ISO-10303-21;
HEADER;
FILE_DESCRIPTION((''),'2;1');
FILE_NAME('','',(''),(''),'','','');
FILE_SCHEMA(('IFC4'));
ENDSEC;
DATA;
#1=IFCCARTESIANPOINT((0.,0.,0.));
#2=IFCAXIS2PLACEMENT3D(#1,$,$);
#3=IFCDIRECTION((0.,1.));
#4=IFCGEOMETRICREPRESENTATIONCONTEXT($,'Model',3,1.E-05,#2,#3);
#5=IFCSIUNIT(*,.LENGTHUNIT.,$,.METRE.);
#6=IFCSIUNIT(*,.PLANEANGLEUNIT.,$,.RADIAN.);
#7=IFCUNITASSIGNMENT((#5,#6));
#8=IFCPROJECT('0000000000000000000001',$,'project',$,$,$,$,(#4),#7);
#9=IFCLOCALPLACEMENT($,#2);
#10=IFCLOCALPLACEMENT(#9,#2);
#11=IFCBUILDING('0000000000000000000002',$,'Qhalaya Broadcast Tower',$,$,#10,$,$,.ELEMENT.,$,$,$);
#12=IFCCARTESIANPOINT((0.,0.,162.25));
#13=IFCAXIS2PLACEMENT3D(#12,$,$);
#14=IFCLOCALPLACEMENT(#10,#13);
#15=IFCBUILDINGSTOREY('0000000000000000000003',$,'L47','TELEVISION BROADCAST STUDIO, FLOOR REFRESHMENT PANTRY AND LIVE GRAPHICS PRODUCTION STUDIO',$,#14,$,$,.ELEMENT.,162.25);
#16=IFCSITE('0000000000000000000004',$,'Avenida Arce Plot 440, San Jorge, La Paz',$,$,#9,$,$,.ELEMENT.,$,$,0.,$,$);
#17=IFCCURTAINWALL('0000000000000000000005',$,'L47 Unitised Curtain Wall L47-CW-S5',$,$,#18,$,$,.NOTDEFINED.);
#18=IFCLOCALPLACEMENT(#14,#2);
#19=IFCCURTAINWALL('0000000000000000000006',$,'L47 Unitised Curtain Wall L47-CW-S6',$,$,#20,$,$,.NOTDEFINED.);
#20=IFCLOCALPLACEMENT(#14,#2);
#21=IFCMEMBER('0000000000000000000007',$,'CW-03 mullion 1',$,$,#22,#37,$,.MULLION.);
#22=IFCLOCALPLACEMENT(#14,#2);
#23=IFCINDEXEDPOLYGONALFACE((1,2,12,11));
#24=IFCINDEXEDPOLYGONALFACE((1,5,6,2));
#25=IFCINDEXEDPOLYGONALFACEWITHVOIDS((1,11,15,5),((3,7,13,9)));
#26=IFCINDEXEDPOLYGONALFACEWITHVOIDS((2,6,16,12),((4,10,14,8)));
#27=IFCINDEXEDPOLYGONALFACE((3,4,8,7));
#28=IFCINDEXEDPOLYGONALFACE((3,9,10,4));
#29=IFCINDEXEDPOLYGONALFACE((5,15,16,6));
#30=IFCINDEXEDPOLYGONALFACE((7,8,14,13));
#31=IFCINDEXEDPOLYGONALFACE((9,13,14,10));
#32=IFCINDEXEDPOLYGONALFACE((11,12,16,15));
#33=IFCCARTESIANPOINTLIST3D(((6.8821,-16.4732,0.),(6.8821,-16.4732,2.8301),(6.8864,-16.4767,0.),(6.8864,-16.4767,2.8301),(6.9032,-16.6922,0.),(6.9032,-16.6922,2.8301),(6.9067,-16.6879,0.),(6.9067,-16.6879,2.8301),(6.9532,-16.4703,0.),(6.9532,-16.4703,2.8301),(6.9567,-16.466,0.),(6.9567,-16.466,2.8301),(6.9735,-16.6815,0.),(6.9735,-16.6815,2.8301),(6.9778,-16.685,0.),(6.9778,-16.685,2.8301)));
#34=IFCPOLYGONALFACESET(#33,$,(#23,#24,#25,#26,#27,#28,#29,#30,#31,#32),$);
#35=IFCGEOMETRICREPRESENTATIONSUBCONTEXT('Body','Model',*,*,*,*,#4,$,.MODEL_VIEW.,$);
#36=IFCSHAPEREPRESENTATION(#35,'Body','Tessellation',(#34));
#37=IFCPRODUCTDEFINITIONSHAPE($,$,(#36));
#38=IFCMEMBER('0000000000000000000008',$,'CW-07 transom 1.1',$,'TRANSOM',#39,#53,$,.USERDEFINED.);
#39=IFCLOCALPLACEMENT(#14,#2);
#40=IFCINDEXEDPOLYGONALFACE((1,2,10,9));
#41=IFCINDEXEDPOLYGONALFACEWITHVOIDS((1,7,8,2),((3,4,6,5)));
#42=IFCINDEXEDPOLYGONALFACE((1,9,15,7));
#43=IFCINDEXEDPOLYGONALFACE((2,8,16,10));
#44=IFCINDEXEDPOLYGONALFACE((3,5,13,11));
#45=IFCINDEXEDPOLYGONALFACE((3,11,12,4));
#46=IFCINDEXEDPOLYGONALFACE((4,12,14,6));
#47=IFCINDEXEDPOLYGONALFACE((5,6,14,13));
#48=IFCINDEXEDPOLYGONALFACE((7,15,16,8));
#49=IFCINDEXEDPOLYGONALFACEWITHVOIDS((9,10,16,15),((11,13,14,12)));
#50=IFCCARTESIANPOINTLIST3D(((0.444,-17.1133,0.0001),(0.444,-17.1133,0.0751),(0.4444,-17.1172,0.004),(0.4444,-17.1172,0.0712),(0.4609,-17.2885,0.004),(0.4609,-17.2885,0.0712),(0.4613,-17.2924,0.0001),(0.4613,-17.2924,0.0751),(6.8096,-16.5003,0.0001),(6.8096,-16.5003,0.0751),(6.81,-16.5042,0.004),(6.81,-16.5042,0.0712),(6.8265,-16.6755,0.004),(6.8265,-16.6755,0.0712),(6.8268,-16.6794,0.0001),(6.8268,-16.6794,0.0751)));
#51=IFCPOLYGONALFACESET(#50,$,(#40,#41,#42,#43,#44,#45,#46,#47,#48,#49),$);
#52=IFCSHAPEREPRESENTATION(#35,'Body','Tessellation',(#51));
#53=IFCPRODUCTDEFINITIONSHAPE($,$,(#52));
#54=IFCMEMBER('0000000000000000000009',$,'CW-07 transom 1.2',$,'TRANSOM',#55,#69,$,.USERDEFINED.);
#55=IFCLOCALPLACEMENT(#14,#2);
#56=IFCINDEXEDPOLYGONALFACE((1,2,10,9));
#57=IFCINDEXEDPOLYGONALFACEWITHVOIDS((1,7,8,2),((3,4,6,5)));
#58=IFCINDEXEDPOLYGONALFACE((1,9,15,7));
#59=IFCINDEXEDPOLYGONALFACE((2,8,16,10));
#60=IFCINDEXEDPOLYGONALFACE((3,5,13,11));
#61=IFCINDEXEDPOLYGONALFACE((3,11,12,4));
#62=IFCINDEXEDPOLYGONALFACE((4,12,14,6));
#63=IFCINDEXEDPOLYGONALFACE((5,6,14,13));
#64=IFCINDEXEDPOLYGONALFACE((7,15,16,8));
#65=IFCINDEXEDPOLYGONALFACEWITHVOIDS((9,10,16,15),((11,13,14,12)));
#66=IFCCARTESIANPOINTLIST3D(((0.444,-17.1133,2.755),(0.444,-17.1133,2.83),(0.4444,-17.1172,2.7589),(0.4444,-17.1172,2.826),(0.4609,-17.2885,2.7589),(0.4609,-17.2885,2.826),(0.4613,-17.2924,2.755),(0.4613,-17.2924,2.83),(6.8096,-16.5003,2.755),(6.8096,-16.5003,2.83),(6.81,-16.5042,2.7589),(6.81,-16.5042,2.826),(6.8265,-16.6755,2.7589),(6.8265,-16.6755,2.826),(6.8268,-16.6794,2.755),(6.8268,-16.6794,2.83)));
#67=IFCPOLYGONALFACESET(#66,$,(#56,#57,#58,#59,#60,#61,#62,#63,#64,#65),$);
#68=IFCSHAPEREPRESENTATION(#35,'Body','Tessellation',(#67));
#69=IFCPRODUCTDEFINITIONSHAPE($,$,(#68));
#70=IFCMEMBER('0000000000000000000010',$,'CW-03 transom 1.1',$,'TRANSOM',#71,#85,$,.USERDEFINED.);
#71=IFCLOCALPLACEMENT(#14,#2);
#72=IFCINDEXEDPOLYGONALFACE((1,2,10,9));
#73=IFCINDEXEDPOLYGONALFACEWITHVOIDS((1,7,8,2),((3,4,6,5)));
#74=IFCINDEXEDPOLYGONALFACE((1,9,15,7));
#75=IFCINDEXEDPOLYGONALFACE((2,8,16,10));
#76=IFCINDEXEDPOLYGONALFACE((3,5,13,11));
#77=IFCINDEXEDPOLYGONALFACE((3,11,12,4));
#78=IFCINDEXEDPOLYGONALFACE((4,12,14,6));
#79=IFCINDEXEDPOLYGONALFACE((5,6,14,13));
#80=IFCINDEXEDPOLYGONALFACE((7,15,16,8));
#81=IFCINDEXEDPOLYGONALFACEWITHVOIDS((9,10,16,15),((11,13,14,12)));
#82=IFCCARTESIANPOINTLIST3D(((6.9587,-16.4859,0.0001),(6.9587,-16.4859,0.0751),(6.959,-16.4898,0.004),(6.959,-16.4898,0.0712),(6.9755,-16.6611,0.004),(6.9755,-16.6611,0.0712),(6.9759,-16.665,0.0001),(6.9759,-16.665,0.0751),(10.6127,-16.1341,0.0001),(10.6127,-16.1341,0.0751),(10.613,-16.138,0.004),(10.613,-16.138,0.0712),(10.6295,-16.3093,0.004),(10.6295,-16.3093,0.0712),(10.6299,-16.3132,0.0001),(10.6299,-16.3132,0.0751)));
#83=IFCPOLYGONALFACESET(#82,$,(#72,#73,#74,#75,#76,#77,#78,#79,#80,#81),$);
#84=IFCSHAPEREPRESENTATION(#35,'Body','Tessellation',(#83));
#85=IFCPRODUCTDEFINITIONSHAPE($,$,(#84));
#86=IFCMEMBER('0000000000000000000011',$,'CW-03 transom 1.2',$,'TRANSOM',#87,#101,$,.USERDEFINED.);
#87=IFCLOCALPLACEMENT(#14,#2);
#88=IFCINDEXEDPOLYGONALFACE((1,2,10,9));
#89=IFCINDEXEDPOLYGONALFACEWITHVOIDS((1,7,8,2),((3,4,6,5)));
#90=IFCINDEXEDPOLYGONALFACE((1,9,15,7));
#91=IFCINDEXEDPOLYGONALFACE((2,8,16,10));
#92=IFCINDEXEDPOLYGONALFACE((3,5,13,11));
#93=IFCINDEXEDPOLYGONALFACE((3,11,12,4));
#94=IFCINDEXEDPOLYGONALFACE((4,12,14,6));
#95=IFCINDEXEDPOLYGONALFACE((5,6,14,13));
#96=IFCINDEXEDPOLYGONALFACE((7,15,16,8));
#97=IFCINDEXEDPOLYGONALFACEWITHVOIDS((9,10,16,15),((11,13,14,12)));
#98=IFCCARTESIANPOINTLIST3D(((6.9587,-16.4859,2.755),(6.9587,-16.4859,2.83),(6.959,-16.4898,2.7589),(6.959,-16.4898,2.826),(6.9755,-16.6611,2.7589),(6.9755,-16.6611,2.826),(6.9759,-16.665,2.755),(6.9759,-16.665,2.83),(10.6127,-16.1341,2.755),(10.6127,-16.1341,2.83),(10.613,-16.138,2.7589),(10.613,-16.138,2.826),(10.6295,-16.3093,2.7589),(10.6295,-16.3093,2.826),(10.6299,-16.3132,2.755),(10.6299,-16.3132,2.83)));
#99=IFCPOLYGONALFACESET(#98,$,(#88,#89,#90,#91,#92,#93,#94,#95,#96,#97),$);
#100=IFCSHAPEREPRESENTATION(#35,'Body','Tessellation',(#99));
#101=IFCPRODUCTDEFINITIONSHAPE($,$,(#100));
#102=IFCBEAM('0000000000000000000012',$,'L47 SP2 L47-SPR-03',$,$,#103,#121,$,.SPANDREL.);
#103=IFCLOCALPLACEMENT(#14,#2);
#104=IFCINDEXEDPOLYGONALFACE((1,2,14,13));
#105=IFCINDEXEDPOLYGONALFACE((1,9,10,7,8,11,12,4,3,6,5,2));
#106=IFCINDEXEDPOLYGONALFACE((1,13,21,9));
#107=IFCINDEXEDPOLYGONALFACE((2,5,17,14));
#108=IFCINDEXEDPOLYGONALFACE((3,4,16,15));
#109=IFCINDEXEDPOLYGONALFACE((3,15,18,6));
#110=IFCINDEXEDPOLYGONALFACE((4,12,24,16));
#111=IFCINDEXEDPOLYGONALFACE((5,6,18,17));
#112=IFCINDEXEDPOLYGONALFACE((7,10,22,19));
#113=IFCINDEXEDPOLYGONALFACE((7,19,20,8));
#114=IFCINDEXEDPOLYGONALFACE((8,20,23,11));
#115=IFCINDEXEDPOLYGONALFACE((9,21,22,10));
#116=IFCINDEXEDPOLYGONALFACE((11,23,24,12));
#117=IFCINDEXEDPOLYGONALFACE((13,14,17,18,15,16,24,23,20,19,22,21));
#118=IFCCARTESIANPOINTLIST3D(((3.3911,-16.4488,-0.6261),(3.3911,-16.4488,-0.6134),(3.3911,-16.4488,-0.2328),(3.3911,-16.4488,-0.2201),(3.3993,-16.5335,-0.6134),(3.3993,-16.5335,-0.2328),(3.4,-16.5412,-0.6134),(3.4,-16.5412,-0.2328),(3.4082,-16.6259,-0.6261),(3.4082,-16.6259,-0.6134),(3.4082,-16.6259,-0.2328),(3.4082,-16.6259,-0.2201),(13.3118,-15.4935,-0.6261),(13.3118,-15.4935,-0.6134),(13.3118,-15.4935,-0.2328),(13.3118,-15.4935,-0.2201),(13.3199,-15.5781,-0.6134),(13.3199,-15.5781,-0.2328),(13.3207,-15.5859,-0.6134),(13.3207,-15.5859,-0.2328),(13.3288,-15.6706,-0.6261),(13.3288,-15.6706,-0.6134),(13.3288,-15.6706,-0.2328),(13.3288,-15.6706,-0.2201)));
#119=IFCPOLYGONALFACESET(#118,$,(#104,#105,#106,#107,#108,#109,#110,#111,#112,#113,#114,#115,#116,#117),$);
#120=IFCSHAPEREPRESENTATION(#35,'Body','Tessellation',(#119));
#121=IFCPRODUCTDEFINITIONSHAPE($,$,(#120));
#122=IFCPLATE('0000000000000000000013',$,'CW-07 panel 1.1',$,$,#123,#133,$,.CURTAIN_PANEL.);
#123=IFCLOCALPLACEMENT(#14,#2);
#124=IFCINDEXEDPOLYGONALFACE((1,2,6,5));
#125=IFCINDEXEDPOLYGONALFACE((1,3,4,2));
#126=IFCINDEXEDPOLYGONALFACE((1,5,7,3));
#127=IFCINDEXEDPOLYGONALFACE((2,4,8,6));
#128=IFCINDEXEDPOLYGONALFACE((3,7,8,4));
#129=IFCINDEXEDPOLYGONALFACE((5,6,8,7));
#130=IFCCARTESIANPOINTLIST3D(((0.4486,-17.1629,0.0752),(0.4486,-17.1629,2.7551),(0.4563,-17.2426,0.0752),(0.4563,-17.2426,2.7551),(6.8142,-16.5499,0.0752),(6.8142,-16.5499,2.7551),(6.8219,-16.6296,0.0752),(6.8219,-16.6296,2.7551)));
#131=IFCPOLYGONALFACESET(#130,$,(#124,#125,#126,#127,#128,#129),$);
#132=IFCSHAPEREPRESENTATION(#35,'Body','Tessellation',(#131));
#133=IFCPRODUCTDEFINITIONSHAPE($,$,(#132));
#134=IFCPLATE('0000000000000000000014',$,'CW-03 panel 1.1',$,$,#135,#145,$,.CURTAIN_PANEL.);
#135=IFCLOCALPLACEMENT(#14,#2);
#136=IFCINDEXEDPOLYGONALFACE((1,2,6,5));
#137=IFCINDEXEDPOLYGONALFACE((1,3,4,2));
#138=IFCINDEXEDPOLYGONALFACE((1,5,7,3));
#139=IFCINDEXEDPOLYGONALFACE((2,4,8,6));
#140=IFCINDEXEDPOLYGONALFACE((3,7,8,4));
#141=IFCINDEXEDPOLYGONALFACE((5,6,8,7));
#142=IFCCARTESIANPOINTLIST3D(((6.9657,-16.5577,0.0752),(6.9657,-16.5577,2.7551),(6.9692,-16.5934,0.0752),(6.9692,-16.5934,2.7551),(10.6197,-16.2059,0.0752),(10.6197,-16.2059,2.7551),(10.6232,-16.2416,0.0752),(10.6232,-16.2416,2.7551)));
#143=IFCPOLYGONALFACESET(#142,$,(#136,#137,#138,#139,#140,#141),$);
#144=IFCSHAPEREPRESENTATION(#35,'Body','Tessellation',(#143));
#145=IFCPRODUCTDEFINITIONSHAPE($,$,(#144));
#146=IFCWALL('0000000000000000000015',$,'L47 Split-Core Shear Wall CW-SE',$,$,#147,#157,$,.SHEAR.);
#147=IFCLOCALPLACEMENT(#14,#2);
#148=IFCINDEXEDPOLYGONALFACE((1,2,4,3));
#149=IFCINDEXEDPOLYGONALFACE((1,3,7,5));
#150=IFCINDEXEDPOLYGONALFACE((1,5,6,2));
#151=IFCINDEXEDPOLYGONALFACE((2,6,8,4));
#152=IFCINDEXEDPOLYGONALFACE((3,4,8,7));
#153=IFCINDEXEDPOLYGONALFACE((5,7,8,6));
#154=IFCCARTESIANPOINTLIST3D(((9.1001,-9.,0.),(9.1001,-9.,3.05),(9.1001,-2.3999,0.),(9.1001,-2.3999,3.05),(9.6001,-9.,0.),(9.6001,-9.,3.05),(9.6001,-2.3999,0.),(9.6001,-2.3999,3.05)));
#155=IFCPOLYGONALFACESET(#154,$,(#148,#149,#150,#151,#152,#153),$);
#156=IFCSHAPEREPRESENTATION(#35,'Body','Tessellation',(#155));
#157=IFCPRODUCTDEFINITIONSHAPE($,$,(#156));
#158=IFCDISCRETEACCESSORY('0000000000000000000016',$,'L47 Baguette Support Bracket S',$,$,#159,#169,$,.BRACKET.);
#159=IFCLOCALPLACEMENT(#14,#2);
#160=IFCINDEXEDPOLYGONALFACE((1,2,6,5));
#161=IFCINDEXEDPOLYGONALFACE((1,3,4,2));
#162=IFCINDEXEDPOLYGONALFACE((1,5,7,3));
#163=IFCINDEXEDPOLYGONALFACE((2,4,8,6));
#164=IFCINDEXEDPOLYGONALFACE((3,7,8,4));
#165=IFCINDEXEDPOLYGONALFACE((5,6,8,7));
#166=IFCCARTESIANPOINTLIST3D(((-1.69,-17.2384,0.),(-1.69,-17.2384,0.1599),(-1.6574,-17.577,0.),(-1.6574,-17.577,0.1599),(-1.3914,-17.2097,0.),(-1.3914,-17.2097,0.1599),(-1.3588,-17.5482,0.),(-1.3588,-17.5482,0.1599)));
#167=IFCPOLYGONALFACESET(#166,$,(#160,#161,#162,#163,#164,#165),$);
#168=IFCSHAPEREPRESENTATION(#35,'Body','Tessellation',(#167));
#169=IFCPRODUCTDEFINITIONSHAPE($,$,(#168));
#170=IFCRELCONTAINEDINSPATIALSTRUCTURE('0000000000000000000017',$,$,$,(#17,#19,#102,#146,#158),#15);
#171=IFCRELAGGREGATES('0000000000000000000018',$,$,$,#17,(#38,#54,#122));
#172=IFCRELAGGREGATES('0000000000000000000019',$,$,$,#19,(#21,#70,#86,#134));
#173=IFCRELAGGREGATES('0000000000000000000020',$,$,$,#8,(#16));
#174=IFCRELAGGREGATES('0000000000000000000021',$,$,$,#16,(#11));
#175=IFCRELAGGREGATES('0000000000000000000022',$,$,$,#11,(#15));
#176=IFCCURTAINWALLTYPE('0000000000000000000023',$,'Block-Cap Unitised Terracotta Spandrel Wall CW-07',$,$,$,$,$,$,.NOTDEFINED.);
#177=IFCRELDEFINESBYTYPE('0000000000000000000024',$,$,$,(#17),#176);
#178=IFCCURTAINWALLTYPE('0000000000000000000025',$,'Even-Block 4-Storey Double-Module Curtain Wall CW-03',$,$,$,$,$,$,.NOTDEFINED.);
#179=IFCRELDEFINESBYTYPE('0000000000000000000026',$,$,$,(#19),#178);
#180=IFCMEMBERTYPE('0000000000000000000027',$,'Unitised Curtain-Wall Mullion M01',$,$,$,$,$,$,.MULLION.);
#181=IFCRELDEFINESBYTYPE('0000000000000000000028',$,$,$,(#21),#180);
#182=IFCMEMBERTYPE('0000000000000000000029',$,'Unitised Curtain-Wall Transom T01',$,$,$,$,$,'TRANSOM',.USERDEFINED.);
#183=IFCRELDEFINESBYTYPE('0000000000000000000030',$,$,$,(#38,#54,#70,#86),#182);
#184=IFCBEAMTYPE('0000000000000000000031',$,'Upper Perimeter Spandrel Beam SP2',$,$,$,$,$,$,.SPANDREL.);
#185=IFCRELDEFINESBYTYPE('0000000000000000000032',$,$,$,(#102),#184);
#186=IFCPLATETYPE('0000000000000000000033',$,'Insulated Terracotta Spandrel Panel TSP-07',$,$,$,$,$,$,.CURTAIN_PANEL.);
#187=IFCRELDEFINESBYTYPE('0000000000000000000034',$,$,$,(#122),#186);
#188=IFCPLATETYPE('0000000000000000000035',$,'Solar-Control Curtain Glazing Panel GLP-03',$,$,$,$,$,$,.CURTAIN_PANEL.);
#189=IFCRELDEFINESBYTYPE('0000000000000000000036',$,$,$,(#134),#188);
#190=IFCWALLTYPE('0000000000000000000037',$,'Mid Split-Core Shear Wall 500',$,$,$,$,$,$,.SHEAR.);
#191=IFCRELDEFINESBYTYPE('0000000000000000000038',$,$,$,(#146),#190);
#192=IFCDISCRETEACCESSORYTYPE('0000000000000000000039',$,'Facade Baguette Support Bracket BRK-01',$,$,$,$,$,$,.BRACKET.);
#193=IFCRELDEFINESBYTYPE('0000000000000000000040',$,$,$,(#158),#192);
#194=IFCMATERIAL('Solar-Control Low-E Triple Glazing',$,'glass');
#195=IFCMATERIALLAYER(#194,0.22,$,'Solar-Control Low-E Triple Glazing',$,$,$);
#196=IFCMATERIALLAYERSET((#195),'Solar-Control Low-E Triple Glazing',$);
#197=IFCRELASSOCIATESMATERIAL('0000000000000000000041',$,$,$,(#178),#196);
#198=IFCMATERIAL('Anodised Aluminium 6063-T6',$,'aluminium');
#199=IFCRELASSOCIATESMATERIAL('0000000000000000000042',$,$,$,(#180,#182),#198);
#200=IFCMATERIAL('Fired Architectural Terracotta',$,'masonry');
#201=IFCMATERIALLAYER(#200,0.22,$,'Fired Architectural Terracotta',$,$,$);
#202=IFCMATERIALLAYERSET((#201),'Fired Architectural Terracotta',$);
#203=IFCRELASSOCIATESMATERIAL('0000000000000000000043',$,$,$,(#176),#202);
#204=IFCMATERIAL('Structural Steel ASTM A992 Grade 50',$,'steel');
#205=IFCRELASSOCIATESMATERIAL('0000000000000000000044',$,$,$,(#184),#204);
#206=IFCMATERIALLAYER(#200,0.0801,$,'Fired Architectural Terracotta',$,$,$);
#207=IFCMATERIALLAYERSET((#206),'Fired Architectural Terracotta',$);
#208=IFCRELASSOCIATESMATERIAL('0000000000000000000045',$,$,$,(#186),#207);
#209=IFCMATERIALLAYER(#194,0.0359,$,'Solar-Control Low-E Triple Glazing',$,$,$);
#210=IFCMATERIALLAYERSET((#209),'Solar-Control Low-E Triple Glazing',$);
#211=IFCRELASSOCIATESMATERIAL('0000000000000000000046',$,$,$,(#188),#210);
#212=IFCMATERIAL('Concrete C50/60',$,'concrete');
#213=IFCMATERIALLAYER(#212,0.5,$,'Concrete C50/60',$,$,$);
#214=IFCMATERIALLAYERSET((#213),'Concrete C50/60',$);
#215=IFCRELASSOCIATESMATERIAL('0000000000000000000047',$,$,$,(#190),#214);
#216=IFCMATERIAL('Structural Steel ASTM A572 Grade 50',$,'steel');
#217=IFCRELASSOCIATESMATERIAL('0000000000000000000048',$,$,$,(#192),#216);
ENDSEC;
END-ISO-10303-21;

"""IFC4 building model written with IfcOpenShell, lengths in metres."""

from ifc_helpers import new_model, si_unit, direction, frame, frame_2d, origin, origin_2d, place, context, subcontext, project, spatial, rectangle, hollow_rectangle, i_section, extrude, material, layer, layer_set, material_profile, profile_set, type_object, element, aggregate, save


model = new_model("IFC4")

# Units and contexts
model_context = context("Model", 3, precision=1e-05, world=origin(), true_north=direction((0.0, 1.0)))
body_context = subcontext(model_context, "Body", "Model", "MODEL_VIEW")
ifc_project = project(units=[si_unit("LENGTHUNIT", "METRE"), si_unit("PLANEANGLEUNIT", "RADIAN")], contexts=[model_context])

# Site, building, storey
site_placement = place(None, origin())
site = spatial("IfcSite", under=ifc_project, at=site_placement, Name="Avenida Arce Plot 440, San Jorge, La Paz", CompositionType="ELEMENT", RefElevation=0.0)
building_placement = place(site_placement, origin())
building = spatial("IfcBuilding", under=site, at=building_placement, Name="Qhalaya Broadcast Tower", CompositionType="ELEMENT")
storey_placement = place(building_placement, frame((0.0, 0.0, 162.25)))
storey = spatial("IfcBuildingStorey", under=building, at=storey_placement, Name="L47", Description="TELEVISION BROADCAST STUDIO, FLOOR REFRESHMENT PANTRY AND LIVE GRAPHICS PRODUCTION STUDIO", CompositionType="ELEMENT", Elevation=162.25)

# Shared definitions
ifc_material_1 = material(Name="Structural Steel ASTM A572 Grade 50", Category="steel")

# Shared definitions
ifc_material_2 = material(Name="Structural Steel ASTM A992 Grade 50", Category="steel")

# Shared definitions
ifc_material_3 = material(Name="Solar-Control Low-E Triple Glazing", Category="glass")
ifc_layer_1 = layer(ifc_material_3, 0.22, Name="Solar-Control Low-E Triple Glazing")
ifc_layer_set_1 = layer_set([ifc_layer_1], Name="Solar-Control Low-E Triple Glazing")
curtain_wall_type_1 = type_object("IfcCurtainWallType", Name="Even-Block 4-Storey Double-Module Curtain Wall CW-03", PredefinedType="NOTDEFINED", material=ifc_layer_set_1)
ifc_material_4 = material(Name="Anodised Aluminium 6063-T6", Category="aluminium")
ifc_material_profile_1 = material_profile(ifc_material_4, hollow_rectangle(XDim=0.075, YDim=0.22, WallThickness=0.0039, at=origin_2d()), Name="ALU-MUL 75x220x4")
ifc_profile_set_1 = profile_set([ifc_material_profile_1], Name="Anodised Aluminium 6063-T6")
member_type_1 = type_object("IfcMemberType", Name="Unitised Curtain-Wall Mullion M01", PredefinedType="MULLION", material=ifc_profile_set_1)

# Curtain wall
ifc_material_5 = material(Name="Fired Architectural Terracotta", Category="masonry")
ifc_layer_2 = layer(ifc_material_5, 0.22, Name="Fired Architectural Terracotta")
ifc_layer_set_2 = layer_set([ifc_layer_2], Name="Fired Architectural Terracotta")
curtain_wall_type_2 = type_object("IfcCurtainWallType", Name="Block-Cap Unitised Terracotta Spandrel Wall CW-07", PredefinedType="NOTDEFINED", material=ifc_layer_set_2)
curtain_wall_1_placement = place(storey_placement, origin())
curtain_wall_1 = element("IfcCurtainWall", 1, at=curtain_wall_1_placement, inside=storey, type_object=curtain_wall_type_2, Name="L47 Unitised Curtain Wall L47-CW-S5", PredefinedType="NOTDEFINED")

# Curtain wall, member
curtain_wall_2_placement = place(storey_placement, origin())
curtain_wall_2 = element("IfcCurtainWall", 2, at=curtain_wall_2_placement, inside=storey, type_object=curtain_wall_type_1, Name="L47 Unitised Curtain Wall L47-CW-S6", PredefinedType="NOTDEFINED")
member_1_placement = place(storey_placement, frame((6.9299, -16.5791, 0.0), z_axis=(0.0, 0.0, 1.0), x_axis=(0.995397, 0.095839, 0.0)))
member_1 = element("IfcMember", 3, at=member_1_placement, type_object=member_type_1, Name="CW-03 mullion 1", PredefinedType="MULLION", context=body_context, shape_type="SweptSolid", body=[
    extrude(hollow_rectangle(XDim=0.075, YDim=0.22, WallThickness=0.0039, at=origin_2d()), origin(), (0.0, 0.0, 1.0), 2.8301),
])

# Members
ifc_material_profile_2 = material_profile(ifc_material_4, hollow_rectangle(XDim=0.075, YDim=0.1799, WallThickness=0.0039, at=origin_2d()), Name="ALU-TRN 75x180x4")
ifc_profile_set_2 = profile_set([ifc_material_profile_2], Name="Anodised Aluminium 6063-T6")
member_type_2 = type_object("IfcMemberType", Name="Unitised Curtain-Wall Transom T01", ElementType="TRANSOM", PredefinedType="USERDEFINED", material=ifc_profile_set_2)
member_2_placement = place(storey_placement, frame((0.4526, -17.2029, 0.0376), z_axis=(0.995395, 0.095863, 0.0), x_axis=(0.0, 0.0, 1.0)))
member_2 = element("IfcMember", 4, at=member_2_placement, type_object=member_type_2, Name="CW-07 transom 1.1", ObjectType="TRANSOM", PredefinedType="USERDEFINED", context=body_context, shape_type="SweptSolid", body=[
    extrude(hollow_rectangle(XDim=0.075, YDim=0.1799, WallThickness=0.0039, at=origin_2d()), origin(), (0.0, 0.0, 1.0), 6.395),
])
member_3_placement = place(storey_placement, frame((0.4526, -17.2029, 2.7925), z_axis=(0.995395, 0.095863, 0.0), x_axis=(0.0, 0.0, 1.0)))
member_3 = element("IfcMember", 5, at=member_3_placement, type_object=member_type_2, Name="CW-07 transom 1.2", ObjectType="TRANSOM", PredefinedType="USERDEFINED", context=body_context, shape_type="SweptSolid", body=[
    extrude(hollow_rectangle(XDim=0.075, YDim=0.1799, WallThickness=0.0039, at=origin_2d()), origin(), (0.0, 0.0, 1.0), 6.395),
])
member_4_placement = place(storey_placement, frame((6.9673, -16.5754, 0.0376), z_axis=(0.995397, 0.095835, 0.0), x_axis=(0.0, 0.0, 1.0)))
member_4 = element("IfcMember", 6, at=member_4_placement, type_object=member_type_2, Name="CW-03 transom 1.1", ObjectType="TRANSOM", PredefinedType="USERDEFINED", context=body_context, shape_type="SweptSolid", body=[
    extrude(hollow_rectangle(XDim=0.075, YDim=0.1799, WallThickness=0.0039, at=origin_2d()), origin(), (0.0, 0.0, 1.0), 3.6709),
])
member_5_placement = place(storey_placement, frame((6.9673, -16.5754, 2.7925), z_axis=(0.995397, 0.095835, 0.0), x_axis=(0.0, 0.0, 1.0)))
member_5 = element("IfcMember", 7, at=member_5_placement, type_object=member_type_2, Name="CW-03 transom 1.2", ObjectType="TRANSOM", PredefinedType="USERDEFINED", context=body_context, shape_type="SweptSolid", body=[
    extrude(hollow_rectangle(XDim=0.075, YDim=0.1799, WallThickness=0.0039, at=origin_2d()), origin(), (0.0, 0.0, 1.0), 3.6709),
])

# Beam
ifc_material_profile_3 = material_profile(ifc_material_2, i_section(OverallWidth=0.178, OverallDepth=0.406, WebThickness=0.0078, FlangeThickness=0.0127, at=origin_2d()), Name="W16X40")
ifc_profile_set_3 = profile_set([ifc_material_profile_3], Name="Structural Steel ASTM A992 Grade 50")
beam_type_1 = type_object("IfcBeamType", Name="Upper Perimeter Spandrel Beam SP2", PredefinedType="SPANDREL", material=ifc_profile_set_3)
beam_1_placement = place(storey_placement, frame((3.3997, -16.5374, -0.4231), z_axis=(0.995396, 0.095853, 0.0), x_axis=(-0.095853, 0.995396, 0.0)))
element("IfcBeam", 8, at=beam_1_placement, inside=storey, type_object=beam_type_1, Name="L47 SP2 L47-SPR-03", PredefinedType="SPANDREL", context=body_context, shape_type="SweptSolid", body=[
    extrude(i_section(OverallWidth=0.178, OverallDepth=0.406, WebThickness=0.0078, FlangeThickness=0.0127, at=origin_2d()), origin(), (0.0, 0.0, 1.0), 9.9666),
])

# Plates
ifc_layer_3 = layer(ifc_material_5, 0.0801, Name="Fired Architectural Terracotta")
ifc_layer_set_3 = layer_set([ifc_layer_3], Name="Fired Architectural Terracotta")
plate_type_1 = type_object("IfcPlateType", Name="Insulated Terracotta Spandrel Panel TSP-07", PredefinedType="CURTAIN_PANEL", material=ifc_layer_set_3)
plate_1_placement = place(storey_placement, frame((3.6353, -16.8962, 0.0752), z_axis=(0.0, 0.0, 1.0), x_axis=(0.995396, 0.095845, 0.0)))
plate_1 = element("IfcPlate", 9, at=plate_1_placement, type_object=plate_type_1, Name="CW-07 panel 1.1", PredefinedType="CURTAIN_PANEL", context=body_context, shape_type="SweptSolid", body=[
    extrude(rectangle(XDim=6.395, YDim=0.0801, at=origin_2d()), origin(), (0.0, 0.0, 1.0), 2.6799),
])
aggregate(curtain_wall_1, [member_2, member_3, plate_1])
ifc_layer_4 = layer(ifc_material_3, 0.0359, Name="Solar-Control Low-E Triple Glazing")
ifc_layer_set_4 = layer_set([ifc_layer_4], Name="Solar-Control Low-E Triple Glazing")
plate_type_2 = type_object("IfcPlateType", Name="Solar-Control Curtain Glazing Panel GLP-03", PredefinedType="CURTAIN_PANEL", material=ifc_layer_set_4)
plate_2_placement = place(storey_placement, frame((8.7944, -16.3997, 0.0752), z_axis=(0.0, 0.0, 1.0), x_axis=(0.995397, 0.095839, 0.0)))
plate_2 = element("IfcPlate", 10, at=plate_2_placement, type_object=plate_type_2, Name="CW-03 panel 1.1", PredefinedType="CURTAIN_PANEL", context=body_context, shape_type="SweptSolid", body=[
    extrude(rectangle(XDim=3.6709, YDim=0.0359, at=origin_2d()), origin(), (0.0, 0.0, 1.0), 2.6799),
])
aggregate(curtain_wall_2, [member_1, member_4, member_5, plate_2])

# Wall
ifc_material_6 = material(Name="Concrete C50/60", Category="concrete")
ifc_layer_5 = layer(ifc_material_6, 0.5, Name="Concrete C50/60")
ifc_layer_set_5 = layer_set([ifc_layer_5], Name="Concrete C50/60")
wall_type = type_object("IfcWallType", Name="Mid Split-Core Shear Wall 500", PredefinedType="SHEAR", material=ifc_layer_set_5)
wall_placement = place(storey_placement, frame((9.3501, -9.0, 0.0), z_axis=(0.0, 0.0, 1.0), x_axis=(0.0, 1.0, 0.0)))
element("IfcWall", 11, at=wall_placement, inside=storey, type_object=wall_type, Name="L47 Split-Core Shear Wall CW-SE", PredefinedType="SHEAR", context=body_context, shape_type="SweptSolid", body=[
    extrude(rectangle(XDim=6.6001, YDim=0.5, at=frame_2d((3.3, 0.0))), origin(), (0.0, 0.0, 1.0), 3.05),
])

# Discrete accessory
discrete_accessory_type = type_object("IfcDiscreteAccessoryType", Name="Facade Baguette Support Bracket BRK-01", PredefinedType="BRACKET", material=ifc_material_1)
discrete_accessory_placement = place(storey_placement, frame((-1.5244, -17.3933, 0.0), z_axis=(0.0, 0.0, 1.0), x_axis=(0.995396, 0.095846, 0.0)))
element("IfcDiscreteAccessory", 12, at=discrete_accessory_placement, inside=storey, type_object=discrete_accessory_type, Name="L47 Baguette Support Bracket S", PredefinedType="BRACKET", context=body_context, shape_type="SweptSolid", body=[
    extrude(rectangle(XDim=0.3, YDim=0.3401, at=origin_2d()), origin(), (0.0, 0.0, 1.0), 0.1599),
])

save(model, "model.ifc")
